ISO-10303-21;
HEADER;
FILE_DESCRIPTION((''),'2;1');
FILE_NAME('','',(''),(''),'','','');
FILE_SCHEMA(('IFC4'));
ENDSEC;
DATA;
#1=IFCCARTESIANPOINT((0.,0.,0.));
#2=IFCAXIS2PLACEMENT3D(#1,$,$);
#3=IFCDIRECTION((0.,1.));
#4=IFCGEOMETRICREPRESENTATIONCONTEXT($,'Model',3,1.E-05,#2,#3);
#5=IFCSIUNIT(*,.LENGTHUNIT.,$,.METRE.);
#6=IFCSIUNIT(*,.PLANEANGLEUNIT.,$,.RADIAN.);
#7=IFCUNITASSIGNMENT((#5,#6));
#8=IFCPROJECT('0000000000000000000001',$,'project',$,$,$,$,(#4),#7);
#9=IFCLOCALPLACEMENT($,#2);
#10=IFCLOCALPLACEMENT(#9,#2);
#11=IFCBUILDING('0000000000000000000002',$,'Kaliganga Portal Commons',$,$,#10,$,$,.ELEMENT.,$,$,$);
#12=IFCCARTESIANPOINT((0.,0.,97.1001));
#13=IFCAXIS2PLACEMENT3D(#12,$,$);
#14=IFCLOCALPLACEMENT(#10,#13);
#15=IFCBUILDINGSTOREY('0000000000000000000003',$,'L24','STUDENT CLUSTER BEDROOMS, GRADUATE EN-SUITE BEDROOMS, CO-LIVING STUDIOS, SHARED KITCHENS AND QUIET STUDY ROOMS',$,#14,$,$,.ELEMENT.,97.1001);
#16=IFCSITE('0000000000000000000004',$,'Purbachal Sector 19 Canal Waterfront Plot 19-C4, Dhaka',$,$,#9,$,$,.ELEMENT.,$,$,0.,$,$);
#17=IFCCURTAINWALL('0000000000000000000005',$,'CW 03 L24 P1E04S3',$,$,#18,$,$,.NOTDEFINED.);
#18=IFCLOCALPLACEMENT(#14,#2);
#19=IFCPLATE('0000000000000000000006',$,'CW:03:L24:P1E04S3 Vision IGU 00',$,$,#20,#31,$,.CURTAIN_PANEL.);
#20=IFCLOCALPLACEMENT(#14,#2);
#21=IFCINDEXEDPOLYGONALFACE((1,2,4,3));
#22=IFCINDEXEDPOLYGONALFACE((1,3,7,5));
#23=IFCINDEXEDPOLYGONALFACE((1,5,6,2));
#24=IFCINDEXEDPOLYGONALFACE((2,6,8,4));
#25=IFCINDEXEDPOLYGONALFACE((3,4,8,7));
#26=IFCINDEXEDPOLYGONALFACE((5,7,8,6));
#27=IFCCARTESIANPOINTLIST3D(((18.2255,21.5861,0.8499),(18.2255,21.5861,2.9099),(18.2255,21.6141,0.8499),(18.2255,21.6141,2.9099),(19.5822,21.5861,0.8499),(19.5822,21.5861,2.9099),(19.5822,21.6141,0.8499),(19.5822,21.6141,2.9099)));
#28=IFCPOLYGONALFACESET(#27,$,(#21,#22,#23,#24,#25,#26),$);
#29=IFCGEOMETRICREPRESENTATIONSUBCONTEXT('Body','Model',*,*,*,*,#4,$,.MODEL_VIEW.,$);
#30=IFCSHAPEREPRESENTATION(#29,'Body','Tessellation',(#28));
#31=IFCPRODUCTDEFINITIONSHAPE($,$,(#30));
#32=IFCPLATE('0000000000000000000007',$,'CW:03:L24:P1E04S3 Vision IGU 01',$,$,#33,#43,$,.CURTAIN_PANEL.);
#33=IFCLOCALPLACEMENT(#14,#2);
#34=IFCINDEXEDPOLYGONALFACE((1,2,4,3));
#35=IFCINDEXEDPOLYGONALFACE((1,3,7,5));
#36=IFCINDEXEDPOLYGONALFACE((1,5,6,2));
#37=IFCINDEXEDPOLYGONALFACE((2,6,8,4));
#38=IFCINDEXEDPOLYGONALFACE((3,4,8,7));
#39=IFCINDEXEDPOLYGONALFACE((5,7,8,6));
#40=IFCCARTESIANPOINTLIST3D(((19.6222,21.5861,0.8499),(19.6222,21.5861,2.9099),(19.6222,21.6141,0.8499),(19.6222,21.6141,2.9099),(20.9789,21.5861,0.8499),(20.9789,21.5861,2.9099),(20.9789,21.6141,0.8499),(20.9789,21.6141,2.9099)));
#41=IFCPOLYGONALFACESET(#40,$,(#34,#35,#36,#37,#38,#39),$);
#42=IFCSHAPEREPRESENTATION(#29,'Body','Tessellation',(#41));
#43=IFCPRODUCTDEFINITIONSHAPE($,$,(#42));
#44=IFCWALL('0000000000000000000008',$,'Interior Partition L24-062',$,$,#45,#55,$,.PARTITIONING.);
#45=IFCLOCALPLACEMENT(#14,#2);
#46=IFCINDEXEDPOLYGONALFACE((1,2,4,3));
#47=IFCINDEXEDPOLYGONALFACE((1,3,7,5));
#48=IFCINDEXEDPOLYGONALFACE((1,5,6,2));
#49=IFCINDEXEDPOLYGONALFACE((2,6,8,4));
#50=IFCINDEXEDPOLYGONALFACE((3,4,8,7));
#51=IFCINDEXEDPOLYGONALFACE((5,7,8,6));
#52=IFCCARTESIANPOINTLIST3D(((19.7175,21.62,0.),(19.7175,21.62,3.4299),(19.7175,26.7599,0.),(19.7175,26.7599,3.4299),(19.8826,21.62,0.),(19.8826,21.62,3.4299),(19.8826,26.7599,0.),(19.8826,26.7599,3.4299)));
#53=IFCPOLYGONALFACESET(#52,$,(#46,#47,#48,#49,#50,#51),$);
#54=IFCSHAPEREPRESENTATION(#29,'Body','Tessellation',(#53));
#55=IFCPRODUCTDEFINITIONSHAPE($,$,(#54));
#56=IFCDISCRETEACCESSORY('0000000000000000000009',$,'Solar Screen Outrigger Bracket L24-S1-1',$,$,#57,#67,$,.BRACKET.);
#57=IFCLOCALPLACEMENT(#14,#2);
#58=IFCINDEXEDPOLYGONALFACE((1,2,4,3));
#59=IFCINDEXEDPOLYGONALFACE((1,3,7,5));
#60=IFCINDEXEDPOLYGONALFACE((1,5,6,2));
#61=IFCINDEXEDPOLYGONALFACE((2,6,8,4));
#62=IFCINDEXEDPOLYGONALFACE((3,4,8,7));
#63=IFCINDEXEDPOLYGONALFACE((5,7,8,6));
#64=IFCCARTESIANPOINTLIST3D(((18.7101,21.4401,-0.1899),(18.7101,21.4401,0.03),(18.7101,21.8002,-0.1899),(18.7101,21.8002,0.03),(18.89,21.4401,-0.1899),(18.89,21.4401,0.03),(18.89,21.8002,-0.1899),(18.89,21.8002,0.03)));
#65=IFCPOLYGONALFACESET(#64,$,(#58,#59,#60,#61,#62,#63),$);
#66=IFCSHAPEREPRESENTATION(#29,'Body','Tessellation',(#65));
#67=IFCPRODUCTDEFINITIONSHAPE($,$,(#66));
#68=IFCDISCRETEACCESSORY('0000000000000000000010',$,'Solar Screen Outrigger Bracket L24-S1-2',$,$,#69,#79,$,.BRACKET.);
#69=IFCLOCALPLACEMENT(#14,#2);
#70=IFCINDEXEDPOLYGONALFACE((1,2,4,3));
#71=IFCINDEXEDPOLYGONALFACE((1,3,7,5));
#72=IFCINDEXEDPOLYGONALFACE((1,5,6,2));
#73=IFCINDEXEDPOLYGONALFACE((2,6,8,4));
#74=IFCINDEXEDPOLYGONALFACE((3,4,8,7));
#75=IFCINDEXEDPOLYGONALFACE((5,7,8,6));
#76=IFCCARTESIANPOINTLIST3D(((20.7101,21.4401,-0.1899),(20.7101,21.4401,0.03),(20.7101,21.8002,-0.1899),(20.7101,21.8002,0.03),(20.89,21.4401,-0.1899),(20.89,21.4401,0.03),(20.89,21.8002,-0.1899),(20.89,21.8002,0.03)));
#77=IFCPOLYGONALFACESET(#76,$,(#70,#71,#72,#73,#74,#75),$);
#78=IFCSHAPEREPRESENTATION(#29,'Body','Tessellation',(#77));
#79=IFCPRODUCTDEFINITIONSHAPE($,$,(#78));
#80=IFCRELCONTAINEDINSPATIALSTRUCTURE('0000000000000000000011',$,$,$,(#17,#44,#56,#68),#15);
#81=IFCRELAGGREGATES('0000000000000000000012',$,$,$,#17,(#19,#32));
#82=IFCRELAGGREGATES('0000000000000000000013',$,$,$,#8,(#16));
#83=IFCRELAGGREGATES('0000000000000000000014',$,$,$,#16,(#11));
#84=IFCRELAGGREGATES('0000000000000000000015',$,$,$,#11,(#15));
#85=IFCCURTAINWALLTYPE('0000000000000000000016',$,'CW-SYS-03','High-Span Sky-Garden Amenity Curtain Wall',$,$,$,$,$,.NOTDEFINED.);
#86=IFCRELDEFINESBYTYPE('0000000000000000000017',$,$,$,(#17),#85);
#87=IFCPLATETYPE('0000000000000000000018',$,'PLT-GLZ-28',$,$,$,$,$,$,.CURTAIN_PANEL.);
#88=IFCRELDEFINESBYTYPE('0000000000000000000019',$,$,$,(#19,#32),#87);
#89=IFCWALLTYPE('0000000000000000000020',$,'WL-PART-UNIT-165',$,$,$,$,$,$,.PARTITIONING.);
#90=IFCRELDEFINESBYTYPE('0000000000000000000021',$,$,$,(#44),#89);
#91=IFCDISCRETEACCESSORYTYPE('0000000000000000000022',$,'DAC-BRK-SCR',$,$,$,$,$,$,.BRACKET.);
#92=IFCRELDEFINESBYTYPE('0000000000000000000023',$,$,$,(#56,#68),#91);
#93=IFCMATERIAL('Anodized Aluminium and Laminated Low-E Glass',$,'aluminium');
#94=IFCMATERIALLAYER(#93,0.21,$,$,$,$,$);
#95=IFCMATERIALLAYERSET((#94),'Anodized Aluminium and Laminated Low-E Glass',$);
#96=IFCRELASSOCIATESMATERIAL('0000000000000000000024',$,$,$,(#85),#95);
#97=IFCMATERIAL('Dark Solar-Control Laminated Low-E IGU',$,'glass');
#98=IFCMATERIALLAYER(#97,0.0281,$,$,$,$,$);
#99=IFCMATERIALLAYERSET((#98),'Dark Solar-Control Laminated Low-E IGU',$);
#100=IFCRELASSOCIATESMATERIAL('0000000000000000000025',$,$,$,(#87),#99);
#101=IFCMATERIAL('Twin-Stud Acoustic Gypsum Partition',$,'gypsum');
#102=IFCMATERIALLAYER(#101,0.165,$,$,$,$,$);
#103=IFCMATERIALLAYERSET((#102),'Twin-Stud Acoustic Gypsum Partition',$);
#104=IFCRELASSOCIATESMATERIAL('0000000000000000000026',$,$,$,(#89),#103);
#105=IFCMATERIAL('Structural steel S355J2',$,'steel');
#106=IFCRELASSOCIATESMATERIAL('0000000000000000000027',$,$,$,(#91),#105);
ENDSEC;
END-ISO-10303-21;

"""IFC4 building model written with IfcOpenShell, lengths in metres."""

from ifc_helpers import new_model, si_unit, direction, frame, frame_2d, origin, origin_2d, place, context, subcontext, project, spatial, rectangle, extrude, source, transform, mapped, material, layer, layer_set, type_object, element, aggregate, save


model = new_model("IFC4")

# Units and contexts
model_context = context("Model", 3, precision=1e-05, world=origin(), true_north=direction((0.0, 1.0)))
body_context = subcontext(model_context, "Body", "Model", "MODEL_VIEW")
ifc_project = project(units=[si_unit("LENGTHUNIT", "METRE"), si_unit("PLANEANGLEUNIT", "RADIAN")], contexts=[model_context])

# Site, building, storey
site_placement = place(None, origin())
site = spatial("IfcSite", under=ifc_project, at=site_placement, Name="Purbachal Sector 19 Canal Waterfront Plot 19-C4, Dhaka", CompositionType="ELEMENT", RefElevation=0.0)
building_placement = place(site_placement, origin())
building = spatial("IfcBuilding", under=site, at=building_placement, Name="Kaliganga Portal Commons", CompositionType="ELEMENT")
storey_placement = place(building_placement, frame((0.0, 0.0, 97.1001)))
storey = spatial("IfcBuildingStorey", under=building, at=storey_placement, Name="L24", Description="STUDENT CLUSTER BEDROOMS, GRADUATE EN-SUITE BEDROOMS, CO-LIVING STUDIOS, SHARED KITCHENS AND QUIET STUDY ROOMS", CompositionType="ELEMENT", Elevation=97.1001)

# Shared definitions
ifc_material_1 = material(Name="Structural steel S355J2", Category="steel")

# Curtain wall
ifc_material_2 = material(Name="Anodized Aluminium and Laminated Low-E Glass", Category="aluminium")
ifc_layer_1 = layer(ifc_material_2, 0.21)
ifc_layer_set_1 = layer_set([ifc_layer_1], Name="Anodized Aluminium and Laminated Low-E Glass")
curtain_wall_type = type_object("IfcCurtainWallType", Name="CW-SYS-03", Description="High-Span Sky-Garden Amenity Curtain Wall", PredefinedType="NOTDEFINED", material=ifc_layer_set_1)
curtain_wall_1_placement = place(storey_placement, origin())
curtain_wall_1 = element("IfcCurtainWall", 1, at=curtain_wall_1_placement, inside=storey, type_object=curtain_wall_type, Name="CW 03 L24 P1E04S3", PredefinedType="NOTDEFINED")

# Plates
ifc_material_3 = material(Name="Dark Solar-Control Laminated Low-E IGU", Category="glass")
ifc_layer_2 = layer(ifc_material_3, 0.0281)
ifc_layer_set_2 = layer_set([ifc_layer_2], Name="Dark Solar-Control Laminated Low-E IGU")
plate_type_1 = type_object("IfcPlateType", Name="PLT-GLZ-28", PredefinedType="CURTAIN_PANEL", material=ifc_layer_set_2)
shared_shape_1 = source(origin(), body_context, "Body", "SweptSolid", [
    extrude(rectangle(XDim=1.3567, YDim=0.0281, at=origin_2d()), origin(), (0.0, 0.0, 1.0), 2.0601),
])
plate_1_placement = place(storey_placement, frame((18.9038, 21.6001, 0.8499), z_axis=(0.0, 0.0, 1.0), x_axis=(1.0, 0.0, 0.0)))
plate_1 = element("IfcPlate", 2, at=plate_1_placement, type_object=plate_type_1, Name="CW:03:L24:P1E04S3 Vision IGU 00", PredefinedType="CURTAIN_PANEL", context=body_context, shape_type="MappedRepresentation", body=[
    mapped(shared_shape_1, transform((0.0, 0.0, 0.0), x_axis=(1.0, 0.0, 0.0), y_axis=(0.0, 1.0, 0.0), z_axis=(0.0, 0.0, 1.0), scale=1.0)),
])
plate_2_placement = place(storey_placement, frame((20.3005, 21.6001, 0.8499), z_axis=(0.0, 0.0, 1.0), x_axis=(1.0, 0.0, 0.0)))
plate_2 = element("IfcPlate", 3, at=plate_2_placement, type_object=plate_type_1, Name="CW:03:L24:P1E04S3 Vision IGU 01", PredefinedType="CURTAIN_PANEL", context=body_context, shape_type="MappedRepresentation", body=[
    mapped(shared_shape_1, transform((0.0, 0.0, 0.0), x_axis=(1.0, 0.0, 0.0), y_axis=(0.0, 1.0, 0.0), z_axis=(0.0, 0.0, 1.0), scale=1.0)),
])
aggregate(curtain_wall_1, [plate_1, plate_2])

# Wall
ifc_material_4 = material(Name="Twin-Stud Acoustic Gypsum Partition", Category="gypsum")
ifc_layer_3 = layer(ifc_material_4, 0.165)
ifc_layer_set_3 = layer_set([ifc_layer_3], Name="Twin-Stud Acoustic Gypsum Partition")
wall_type_1 = type_object("IfcWallType", Name="WL-PART-UNIT-165", PredefinedType="PARTITIONING", material=ifc_layer_set_3)
wall_1_placement = place(storey_placement, frame((19.8, 21.6201, 0.0), z_axis=(0.0, 0.0, 1.0), x_axis=(0.0, 1.0, 0.0)))
element("IfcWall", 4, at=wall_1_placement, inside=storey, type_object=wall_type_1, Name="Interior Partition L24-062", PredefinedType="PARTITIONING", context=body_context, shape_type="SweptSolid", body=[
    extrude(rectangle(XDim=5.1399, YDim=0.165, at=frame_2d((2.5698, 0.0))), origin(), (0.0, 0.0, 1.0), 3.4299),
])

# Discrete accessories
discrete_accessory_type = type_object("IfcDiscreteAccessoryType", Name="DAC-BRK-SCR", PredefinedType="BRACKET", material=ifc_material_1)
shared_shape_2 = source(origin(), body_context, "Body", "SweptSolid", [
    extrude(rectangle(XDim=0.1799, YDim=0.3601, at=origin_2d()), origin(), (0.0, 0.0, 1.0), 0.22),
])
for number, where, z_axis, x_axis, name in (
    (5, (18.8, 21.6201, -0.1899), (0.0, 0.0, 1.0), (1.0, 0.0, 0.0), "Solar Screen Outrigger Bracket L24-S1-1"),
    (6, (20.8, 21.6201, -0.1899), (0.0, 0.0, 1.0), (1.0, 0.0, 0.0), "Solar Screen Outrigger Bracket L24-S1-2"),
):
    element("IfcDiscreteAccessory", number, at=place(storey_placement, frame(where, z_axis=z_axis, x_axis=x_axis)), inside=storey, type_object=discrete_accessory_type, Name=name, PredefinedType="BRACKET", context=body_context, shape_type="MappedRepresentation", body=[
        mapped(shared_shape_2, transform((0.0, 0.0, 0.0), x_axis=(1.0, 0.0, 0.0), y_axis=(0.0, 1.0, 0.0), z_axis=(0.0, 0.0, 1.0), scale=1.0)),
    ])

save(model, "model.ifc")
